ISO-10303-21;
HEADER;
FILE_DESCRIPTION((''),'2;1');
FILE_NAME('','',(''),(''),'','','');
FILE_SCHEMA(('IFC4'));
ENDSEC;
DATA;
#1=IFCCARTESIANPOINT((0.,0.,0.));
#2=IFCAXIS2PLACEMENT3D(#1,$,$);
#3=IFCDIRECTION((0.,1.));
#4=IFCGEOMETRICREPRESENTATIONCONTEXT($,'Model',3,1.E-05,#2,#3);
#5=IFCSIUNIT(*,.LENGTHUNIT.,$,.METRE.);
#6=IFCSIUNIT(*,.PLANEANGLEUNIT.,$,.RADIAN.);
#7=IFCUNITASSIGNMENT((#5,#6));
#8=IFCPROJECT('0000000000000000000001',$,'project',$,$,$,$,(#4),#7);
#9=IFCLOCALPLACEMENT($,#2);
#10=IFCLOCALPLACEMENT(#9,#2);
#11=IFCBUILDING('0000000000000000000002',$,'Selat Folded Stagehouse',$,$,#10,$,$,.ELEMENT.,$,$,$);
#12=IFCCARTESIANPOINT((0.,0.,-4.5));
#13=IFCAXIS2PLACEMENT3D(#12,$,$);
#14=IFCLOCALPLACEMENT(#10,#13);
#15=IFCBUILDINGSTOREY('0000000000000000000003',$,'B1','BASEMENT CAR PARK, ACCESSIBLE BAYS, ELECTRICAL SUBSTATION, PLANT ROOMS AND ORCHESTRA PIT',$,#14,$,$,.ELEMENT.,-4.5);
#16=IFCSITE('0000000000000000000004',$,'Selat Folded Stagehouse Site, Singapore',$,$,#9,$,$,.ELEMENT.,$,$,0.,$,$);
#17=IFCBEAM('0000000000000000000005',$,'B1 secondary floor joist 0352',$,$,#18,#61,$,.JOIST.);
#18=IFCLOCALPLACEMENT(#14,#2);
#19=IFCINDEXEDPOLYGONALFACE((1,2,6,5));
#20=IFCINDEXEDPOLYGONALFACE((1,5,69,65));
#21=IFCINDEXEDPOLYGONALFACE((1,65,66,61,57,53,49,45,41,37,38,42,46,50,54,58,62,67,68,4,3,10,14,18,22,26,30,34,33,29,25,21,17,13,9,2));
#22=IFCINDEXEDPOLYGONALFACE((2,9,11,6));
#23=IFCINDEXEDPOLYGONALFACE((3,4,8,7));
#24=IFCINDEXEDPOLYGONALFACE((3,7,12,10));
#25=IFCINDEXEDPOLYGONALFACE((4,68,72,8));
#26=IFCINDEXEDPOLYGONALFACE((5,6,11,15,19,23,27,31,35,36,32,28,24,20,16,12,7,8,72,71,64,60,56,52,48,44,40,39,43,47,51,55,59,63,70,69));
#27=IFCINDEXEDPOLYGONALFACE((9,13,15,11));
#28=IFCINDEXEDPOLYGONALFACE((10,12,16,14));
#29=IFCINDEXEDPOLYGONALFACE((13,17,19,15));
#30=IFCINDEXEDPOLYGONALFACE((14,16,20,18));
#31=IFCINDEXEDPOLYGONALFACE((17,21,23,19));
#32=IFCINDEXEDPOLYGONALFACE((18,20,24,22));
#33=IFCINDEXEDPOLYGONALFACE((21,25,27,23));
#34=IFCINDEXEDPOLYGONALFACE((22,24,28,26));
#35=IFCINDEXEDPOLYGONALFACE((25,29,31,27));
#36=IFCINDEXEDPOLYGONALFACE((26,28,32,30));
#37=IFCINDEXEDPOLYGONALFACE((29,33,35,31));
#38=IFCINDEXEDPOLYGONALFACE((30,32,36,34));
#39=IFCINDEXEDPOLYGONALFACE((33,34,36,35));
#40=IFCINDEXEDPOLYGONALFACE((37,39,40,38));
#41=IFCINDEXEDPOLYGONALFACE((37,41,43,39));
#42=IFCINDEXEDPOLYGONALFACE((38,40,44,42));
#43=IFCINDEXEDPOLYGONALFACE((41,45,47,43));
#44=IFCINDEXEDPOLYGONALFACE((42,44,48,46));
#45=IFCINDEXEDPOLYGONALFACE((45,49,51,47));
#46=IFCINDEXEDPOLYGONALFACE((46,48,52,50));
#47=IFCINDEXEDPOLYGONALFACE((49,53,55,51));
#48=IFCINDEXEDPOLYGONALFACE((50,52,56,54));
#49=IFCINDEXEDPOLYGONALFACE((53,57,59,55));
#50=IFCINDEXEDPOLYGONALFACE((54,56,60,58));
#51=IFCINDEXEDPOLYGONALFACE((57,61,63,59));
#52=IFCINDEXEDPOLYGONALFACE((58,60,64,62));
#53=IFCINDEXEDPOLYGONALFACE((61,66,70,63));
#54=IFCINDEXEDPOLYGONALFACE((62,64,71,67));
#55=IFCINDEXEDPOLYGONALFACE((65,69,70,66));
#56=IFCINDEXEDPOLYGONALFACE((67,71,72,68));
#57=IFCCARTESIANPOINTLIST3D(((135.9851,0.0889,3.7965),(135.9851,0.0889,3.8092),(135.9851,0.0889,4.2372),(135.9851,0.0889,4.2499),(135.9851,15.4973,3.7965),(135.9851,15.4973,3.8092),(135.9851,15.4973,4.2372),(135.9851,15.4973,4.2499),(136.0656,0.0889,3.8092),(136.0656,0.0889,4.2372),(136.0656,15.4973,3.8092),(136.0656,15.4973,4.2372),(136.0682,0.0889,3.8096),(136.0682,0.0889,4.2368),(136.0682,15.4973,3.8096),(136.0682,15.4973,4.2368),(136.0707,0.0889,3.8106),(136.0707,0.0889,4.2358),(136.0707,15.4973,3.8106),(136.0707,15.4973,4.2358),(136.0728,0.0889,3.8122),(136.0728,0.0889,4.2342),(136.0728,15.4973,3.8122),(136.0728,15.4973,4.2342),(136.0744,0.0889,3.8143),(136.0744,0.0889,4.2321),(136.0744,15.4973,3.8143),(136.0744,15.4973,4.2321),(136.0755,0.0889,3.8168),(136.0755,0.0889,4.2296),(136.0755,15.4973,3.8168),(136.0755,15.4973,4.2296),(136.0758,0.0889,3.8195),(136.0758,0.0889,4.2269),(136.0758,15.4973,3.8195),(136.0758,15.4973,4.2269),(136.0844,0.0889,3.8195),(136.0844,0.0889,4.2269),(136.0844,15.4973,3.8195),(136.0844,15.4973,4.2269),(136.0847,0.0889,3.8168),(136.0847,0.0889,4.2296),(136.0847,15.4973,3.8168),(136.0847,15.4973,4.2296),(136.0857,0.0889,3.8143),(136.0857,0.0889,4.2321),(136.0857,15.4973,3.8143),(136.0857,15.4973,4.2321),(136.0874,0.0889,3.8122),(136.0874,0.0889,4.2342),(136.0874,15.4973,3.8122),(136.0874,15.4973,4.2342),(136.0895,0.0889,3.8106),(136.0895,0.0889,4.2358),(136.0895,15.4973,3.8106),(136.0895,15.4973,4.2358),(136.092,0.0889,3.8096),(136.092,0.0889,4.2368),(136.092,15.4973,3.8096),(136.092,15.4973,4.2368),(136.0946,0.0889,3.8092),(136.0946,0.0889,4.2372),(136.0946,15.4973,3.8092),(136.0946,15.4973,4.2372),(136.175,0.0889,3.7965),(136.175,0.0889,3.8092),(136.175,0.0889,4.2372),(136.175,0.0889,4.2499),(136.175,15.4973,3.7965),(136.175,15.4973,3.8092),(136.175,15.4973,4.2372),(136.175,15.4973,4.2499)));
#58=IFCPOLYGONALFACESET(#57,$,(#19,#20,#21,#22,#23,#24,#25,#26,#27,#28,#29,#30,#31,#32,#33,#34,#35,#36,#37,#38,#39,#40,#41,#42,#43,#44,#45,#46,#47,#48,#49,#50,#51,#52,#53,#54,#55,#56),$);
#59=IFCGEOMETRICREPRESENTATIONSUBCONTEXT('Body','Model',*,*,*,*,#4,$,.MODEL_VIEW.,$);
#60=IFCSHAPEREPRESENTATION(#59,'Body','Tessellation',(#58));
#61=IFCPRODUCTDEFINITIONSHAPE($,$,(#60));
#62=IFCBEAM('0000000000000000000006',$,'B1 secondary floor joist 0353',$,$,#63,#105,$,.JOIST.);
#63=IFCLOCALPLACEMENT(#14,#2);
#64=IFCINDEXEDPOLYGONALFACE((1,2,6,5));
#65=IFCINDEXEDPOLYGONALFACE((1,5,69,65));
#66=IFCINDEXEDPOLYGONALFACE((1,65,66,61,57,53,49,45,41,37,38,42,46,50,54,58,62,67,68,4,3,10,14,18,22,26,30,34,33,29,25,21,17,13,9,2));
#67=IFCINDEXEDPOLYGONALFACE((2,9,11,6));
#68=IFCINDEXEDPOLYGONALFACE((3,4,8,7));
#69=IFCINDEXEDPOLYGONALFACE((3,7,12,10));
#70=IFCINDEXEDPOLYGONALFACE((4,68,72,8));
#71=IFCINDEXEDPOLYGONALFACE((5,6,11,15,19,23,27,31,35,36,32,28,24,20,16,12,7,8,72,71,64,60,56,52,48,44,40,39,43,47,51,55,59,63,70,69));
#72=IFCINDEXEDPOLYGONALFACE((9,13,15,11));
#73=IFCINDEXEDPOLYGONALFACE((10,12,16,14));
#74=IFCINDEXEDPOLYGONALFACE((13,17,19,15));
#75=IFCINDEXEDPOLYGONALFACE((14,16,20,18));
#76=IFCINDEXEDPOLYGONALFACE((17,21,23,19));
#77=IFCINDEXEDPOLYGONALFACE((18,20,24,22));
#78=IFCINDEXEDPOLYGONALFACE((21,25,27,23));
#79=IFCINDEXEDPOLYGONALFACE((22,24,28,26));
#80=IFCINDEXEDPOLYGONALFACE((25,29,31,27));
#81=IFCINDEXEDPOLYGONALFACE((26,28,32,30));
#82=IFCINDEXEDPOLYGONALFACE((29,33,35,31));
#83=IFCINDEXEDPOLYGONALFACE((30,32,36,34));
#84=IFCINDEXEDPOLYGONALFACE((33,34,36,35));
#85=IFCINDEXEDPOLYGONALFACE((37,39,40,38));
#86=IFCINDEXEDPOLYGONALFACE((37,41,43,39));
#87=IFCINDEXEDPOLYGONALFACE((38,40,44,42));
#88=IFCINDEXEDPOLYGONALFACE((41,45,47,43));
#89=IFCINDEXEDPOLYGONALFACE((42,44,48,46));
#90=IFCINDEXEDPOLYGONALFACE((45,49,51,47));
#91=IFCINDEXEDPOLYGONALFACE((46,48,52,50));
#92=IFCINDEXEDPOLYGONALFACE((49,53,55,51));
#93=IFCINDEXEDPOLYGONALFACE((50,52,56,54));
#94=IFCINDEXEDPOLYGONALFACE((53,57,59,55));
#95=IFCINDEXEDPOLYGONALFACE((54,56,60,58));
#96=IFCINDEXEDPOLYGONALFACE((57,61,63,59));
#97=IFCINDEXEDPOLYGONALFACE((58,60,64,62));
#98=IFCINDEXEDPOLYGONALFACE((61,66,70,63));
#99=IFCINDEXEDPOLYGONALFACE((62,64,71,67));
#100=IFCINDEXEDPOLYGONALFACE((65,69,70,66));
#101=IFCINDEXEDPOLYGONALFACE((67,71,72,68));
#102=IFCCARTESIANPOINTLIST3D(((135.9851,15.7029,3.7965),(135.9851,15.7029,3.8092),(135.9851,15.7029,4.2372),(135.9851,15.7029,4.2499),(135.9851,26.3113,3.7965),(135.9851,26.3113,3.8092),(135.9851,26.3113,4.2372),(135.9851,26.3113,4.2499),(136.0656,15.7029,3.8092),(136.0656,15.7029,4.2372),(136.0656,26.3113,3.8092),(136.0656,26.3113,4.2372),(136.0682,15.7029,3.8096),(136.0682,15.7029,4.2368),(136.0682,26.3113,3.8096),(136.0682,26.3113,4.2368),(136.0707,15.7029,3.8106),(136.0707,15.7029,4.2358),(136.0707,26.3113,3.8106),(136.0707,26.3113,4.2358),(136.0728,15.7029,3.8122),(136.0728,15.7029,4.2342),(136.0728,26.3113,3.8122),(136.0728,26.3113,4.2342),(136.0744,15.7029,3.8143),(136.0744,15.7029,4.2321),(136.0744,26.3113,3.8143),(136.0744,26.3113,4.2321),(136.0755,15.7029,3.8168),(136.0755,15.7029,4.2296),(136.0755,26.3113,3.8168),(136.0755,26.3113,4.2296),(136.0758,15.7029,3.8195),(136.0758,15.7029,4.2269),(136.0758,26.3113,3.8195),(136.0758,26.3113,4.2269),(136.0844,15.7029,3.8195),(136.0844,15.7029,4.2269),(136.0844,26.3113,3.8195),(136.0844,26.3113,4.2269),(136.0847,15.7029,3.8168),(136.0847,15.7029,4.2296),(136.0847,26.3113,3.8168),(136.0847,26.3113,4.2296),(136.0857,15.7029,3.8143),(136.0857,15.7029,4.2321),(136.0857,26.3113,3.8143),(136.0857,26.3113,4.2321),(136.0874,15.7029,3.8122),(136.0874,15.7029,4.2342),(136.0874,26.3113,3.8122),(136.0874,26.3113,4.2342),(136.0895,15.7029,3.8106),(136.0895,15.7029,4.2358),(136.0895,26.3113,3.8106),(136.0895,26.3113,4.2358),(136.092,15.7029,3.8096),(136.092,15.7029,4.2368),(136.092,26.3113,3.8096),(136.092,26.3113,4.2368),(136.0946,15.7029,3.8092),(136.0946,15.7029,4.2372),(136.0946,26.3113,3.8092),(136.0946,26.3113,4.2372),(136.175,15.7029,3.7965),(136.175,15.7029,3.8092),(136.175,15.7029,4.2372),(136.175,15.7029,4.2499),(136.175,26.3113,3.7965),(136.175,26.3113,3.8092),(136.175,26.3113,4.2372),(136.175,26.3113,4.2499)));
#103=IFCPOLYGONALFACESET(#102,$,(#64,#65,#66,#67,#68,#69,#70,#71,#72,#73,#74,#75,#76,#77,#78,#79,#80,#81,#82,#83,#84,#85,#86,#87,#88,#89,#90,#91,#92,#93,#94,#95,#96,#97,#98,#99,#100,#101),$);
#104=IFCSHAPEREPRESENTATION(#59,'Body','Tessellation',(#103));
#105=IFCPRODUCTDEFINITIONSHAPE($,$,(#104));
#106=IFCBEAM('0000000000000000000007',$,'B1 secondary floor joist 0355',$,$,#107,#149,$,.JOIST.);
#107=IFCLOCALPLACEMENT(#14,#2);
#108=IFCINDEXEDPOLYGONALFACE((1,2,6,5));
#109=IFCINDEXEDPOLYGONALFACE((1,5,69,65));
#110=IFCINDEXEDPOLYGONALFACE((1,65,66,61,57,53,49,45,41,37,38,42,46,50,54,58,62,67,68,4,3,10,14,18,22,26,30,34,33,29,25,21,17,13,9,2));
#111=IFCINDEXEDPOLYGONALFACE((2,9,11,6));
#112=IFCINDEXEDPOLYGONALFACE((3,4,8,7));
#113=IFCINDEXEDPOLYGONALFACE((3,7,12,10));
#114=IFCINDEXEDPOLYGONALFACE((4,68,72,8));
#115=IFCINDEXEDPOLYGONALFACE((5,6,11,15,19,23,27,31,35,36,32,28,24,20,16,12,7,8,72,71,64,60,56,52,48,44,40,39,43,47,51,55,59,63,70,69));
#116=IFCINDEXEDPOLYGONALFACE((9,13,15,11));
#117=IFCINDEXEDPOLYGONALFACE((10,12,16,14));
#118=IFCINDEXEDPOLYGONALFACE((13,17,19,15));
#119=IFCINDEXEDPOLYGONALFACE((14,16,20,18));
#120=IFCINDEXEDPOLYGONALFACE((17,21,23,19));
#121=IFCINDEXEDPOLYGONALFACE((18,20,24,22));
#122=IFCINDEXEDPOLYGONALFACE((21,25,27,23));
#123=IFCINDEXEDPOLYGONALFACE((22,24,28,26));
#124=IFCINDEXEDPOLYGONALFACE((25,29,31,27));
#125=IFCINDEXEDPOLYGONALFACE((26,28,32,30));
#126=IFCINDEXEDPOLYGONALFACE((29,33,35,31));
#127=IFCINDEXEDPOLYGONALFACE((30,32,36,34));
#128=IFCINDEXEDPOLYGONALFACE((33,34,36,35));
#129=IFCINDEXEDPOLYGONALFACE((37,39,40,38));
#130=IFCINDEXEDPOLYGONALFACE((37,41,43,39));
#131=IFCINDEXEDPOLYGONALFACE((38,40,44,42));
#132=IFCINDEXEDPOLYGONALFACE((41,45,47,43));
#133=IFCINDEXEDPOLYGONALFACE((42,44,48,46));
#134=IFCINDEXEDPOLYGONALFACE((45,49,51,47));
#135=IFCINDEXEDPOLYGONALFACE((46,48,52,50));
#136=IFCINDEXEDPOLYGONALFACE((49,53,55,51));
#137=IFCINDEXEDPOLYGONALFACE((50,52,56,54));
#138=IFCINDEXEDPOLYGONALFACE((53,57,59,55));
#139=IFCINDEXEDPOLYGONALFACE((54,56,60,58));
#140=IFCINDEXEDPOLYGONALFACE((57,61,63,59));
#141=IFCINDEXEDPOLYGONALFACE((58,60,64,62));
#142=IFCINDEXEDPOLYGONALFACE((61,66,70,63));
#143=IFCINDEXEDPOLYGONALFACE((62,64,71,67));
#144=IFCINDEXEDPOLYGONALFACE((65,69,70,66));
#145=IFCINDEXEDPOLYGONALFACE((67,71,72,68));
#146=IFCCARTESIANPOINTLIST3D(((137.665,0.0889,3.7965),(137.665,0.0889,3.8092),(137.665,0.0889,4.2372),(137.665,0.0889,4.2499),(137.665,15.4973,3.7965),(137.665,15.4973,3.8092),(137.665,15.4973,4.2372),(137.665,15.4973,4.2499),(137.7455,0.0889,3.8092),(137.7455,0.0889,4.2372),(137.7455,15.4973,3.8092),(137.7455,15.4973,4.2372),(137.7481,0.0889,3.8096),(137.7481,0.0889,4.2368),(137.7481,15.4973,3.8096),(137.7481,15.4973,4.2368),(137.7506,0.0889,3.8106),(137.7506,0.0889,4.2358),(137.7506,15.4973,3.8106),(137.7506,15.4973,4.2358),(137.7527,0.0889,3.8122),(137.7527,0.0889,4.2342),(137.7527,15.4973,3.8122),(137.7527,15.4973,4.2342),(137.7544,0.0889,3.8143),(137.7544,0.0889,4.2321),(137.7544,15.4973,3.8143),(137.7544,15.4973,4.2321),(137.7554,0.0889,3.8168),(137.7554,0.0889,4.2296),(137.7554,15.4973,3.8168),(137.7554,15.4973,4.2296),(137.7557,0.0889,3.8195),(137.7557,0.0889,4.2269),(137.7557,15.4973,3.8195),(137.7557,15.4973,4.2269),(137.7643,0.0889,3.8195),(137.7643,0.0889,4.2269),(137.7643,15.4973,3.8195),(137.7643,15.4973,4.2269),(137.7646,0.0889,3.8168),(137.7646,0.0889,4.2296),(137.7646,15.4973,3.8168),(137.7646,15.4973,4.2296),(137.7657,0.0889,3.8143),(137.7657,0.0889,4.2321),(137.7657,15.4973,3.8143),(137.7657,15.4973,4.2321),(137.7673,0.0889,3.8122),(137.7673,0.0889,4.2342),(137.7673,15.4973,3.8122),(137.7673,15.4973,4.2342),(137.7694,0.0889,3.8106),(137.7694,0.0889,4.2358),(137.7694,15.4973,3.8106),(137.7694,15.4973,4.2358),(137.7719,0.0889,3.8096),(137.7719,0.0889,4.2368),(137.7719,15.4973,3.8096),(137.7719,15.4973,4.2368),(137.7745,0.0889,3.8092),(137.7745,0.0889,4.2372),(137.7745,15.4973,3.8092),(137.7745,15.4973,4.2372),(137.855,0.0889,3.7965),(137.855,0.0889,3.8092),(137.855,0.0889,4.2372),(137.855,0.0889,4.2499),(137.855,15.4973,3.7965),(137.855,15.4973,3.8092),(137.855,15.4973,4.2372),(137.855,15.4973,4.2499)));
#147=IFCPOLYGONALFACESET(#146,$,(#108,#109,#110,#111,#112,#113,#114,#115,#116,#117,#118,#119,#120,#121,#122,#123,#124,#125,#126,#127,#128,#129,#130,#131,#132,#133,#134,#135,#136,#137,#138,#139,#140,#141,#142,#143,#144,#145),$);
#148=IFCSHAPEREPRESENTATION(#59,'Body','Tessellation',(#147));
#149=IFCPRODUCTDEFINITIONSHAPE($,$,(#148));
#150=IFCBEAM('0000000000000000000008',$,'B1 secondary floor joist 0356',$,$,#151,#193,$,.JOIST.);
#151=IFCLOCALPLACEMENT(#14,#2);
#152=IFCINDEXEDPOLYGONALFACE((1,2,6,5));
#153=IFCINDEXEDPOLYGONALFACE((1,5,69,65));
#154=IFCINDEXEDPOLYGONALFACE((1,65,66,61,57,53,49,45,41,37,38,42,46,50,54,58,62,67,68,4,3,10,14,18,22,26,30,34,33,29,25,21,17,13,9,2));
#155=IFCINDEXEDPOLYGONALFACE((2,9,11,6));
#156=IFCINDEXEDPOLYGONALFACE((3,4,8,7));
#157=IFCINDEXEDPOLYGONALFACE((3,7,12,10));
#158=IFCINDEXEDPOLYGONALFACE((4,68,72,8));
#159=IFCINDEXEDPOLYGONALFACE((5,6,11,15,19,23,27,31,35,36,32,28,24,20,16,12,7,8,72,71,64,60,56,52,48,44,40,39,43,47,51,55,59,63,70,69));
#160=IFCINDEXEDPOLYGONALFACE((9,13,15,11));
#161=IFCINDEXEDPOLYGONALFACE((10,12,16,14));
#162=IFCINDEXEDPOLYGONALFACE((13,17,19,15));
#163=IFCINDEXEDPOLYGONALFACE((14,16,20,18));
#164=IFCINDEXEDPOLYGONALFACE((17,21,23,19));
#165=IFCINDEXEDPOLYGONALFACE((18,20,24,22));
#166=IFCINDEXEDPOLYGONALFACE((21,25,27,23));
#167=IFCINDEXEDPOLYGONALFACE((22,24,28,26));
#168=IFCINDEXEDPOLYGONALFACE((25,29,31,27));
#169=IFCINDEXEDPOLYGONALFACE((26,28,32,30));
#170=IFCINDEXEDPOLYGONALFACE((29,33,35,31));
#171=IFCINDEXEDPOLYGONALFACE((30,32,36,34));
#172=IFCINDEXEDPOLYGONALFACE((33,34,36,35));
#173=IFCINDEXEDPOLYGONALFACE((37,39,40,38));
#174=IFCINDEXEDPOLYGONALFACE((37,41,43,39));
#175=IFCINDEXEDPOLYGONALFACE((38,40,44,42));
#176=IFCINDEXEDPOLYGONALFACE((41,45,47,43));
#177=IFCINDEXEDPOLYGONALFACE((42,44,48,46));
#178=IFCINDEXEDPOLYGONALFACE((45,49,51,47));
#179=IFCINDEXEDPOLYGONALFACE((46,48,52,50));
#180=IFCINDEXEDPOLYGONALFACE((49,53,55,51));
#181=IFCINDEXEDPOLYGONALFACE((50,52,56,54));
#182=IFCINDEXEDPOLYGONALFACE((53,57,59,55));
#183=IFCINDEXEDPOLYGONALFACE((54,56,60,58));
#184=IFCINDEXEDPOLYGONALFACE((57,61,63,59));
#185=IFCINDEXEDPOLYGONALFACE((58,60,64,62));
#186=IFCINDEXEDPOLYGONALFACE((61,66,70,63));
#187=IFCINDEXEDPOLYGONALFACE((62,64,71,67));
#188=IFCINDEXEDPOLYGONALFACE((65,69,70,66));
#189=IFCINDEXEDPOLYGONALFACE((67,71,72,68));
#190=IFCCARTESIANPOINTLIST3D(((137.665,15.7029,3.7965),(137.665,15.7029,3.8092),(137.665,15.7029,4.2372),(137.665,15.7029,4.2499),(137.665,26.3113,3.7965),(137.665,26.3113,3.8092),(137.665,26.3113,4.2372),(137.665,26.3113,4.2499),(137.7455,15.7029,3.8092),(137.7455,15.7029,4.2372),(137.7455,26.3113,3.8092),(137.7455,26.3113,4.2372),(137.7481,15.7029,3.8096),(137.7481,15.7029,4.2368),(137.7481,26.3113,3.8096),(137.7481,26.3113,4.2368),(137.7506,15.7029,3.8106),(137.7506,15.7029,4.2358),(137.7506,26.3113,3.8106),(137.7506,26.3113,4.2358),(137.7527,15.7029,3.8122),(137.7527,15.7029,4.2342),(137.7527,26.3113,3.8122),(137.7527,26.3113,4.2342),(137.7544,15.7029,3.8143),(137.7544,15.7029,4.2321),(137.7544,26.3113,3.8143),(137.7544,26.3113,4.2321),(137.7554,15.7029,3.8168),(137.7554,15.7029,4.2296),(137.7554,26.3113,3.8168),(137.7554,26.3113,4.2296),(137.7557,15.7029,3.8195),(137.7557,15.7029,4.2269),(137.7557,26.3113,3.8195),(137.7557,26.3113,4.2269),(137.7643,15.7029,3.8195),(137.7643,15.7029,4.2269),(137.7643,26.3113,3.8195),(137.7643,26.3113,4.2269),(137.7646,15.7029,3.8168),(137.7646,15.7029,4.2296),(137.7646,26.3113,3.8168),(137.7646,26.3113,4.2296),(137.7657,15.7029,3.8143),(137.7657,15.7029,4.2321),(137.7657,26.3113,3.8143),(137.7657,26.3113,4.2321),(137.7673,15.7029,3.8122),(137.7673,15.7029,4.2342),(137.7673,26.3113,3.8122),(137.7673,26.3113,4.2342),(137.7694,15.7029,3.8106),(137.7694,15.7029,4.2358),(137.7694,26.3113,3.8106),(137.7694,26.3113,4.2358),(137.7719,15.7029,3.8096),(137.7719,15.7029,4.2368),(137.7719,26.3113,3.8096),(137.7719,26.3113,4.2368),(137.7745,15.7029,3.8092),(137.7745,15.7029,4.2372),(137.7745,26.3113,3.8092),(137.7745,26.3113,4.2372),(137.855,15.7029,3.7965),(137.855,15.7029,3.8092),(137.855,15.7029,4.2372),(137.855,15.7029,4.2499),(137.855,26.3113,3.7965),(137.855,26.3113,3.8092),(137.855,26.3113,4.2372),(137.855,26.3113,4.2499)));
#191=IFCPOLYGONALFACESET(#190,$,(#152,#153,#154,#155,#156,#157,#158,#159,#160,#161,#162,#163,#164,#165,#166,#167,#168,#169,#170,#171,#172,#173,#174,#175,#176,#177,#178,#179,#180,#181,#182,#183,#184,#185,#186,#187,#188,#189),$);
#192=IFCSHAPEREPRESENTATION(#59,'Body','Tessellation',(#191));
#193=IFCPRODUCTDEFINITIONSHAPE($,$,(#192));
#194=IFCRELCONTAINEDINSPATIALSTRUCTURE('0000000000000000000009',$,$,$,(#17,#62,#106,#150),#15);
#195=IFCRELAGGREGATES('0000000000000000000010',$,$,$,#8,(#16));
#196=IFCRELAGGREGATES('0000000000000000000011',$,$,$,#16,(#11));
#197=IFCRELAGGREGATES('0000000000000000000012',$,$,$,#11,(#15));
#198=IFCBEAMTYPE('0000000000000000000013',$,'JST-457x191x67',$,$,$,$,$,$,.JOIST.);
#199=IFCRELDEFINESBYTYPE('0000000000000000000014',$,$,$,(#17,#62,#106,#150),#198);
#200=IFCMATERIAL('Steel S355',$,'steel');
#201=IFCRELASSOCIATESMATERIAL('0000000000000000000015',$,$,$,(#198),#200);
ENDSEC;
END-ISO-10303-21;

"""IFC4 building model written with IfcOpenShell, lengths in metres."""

from ifc_helpers import new_model, si_unit, direction, frame, origin, origin_2d, place, context, subcontext, project, spatial, i_section, extrude, material, material_profile, profile_set, type_object, element, save


model = new_model("IFC4")

# Units and contexts
model_context = context("Model", 3, precision=1e-05, world=origin(), true_north=direction((0.0, 1.0)))
body_context = subcontext(model_context, "Body", "Model", "MODEL_VIEW")
ifc_project = project(units=[si_unit("LENGTHUNIT", "METRE"), si_unit("PLANEANGLEUNIT", "RADIAN")], contexts=[model_context])

# Site, building, storey
site_placement = place(None, origin())
site = spatial("IfcSite", under=ifc_project, at=site_placement, Name="Selat Folded Stagehouse Site, Singapore", CompositionType="ELEMENT", RefElevation=0.0)
building_placement = place(site_placement, origin())
building = spatial("IfcBuilding", under=site, at=building_placement, Name="Selat Folded Stagehouse", CompositionType="ELEMENT")
storey_placement = place(building_placement, frame((0.0, 0.0, -4.5)))
storey = spatial("IfcBuildingStorey", under=building, at=storey_placement, Name="B1", Description="BASEMENT CAR PARK, ACCESSIBLE BAYS, ELECTRICAL SUBSTATION, PLANT ROOMS AND ORCHESTRA PIT", CompositionType="ELEMENT", Elevation=-4.5)

# Shared definitions
ifc_material_1 = material(Name="Steel S355", Category="steel")

# Beams
ifc_material_profile_1 = material_profile(ifc_material_1, i_section(OverallWidth=0.1899, OverallDepth=0.4534, WebThickness=0.0085, FlangeThickness=0.0127, FilletRadius=0.0103, at=origin_2d()), Name="UKB 457x191x67")
ifc_profile_set_1 = profile_set([ifc_material_profile_1], Name="Steel S355")
beam_type_1 = type_object("IfcBeamType", Name="JST-457x191x67", PredefinedType="JOIST", material=ifc_profile_set_1)
beam_1_placement = place(storey_placement, frame((136.0801, 0.0889, 4.0232), z_axis=(0.0, 1.0, 0.0), x_axis=(-1.0, 0.0, 0.0)))
element("IfcBeam", 1, at=beam_1_placement, inside=storey, type_object=beam_type_1, Name="B1 secondary floor joist 0352", PredefinedType="JOIST", context=body_context, shape_type="SweptSolid", body=[
    extrude(i_section(OverallWidth=0.1899, OverallDepth=0.4534, WebThickness=0.0085, FlangeThickness=0.0127, FilletRadius=0.0103, at=origin_2d()), origin(), (0.0, 0.0, 1.0), 15.4084),
])
beam_2_placement = place(storey_placement, frame((136.0801, 15.7029, 4.0232), z_axis=(0.0, 1.0, 0.0), x_axis=(-1.0, 0.0, 0.0)))
element("IfcBeam", 2, at=beam_2_placement, inside=storey, type_object=beam_type_1, Name="B1 secondary floor joist 0353", PredefinedType="JOIST", context=body_context, shape_type="SweptSolid", body=[
    extrude(i_section(OverallWidth=0.1899, OverallDepth=0.4534, WebThickness=0.0085, FlangeThickness=0.0127, FilletRadius=0.0103, at=origin_2d()), origin(), (0.0, 0.0, 1.0), 10.6084),
])
beam_3_placement = place(storey_placement, frame((137.76, 0.0889, 4.0232), z_axis=(0.0, 1.0, 0.0), x_axis=(-1.0, 0.0, 0.0)))
element("IfcBeam", 3, at=beam_3_placement, inside=storey, type_object=beam_type_1, Name="B1 secondary floor joist 0355", PredefinedType="JOIST", context=body_context, shape_type="SweptSolid", body=[
    extrude(i_section(OverallWidth=0.1899, OverallDepth=0.4534, WebThickness=0.0085, FlangeThickness=0.0127, FilletRadius=0.0103, at=origin_2d()), origin(), (0.0, 0.0, 1.0), 15.4084),
])
beam_4_placement = place(storey_placement, frame((137.76, 15.7029, 4.0232), z_axis=(0.0, 1.0, 0.0), x_axis=(-1.0, 0.0, 0.0)))
element("IfcBeam", 4, at=beam_4_placement, inside=storey, type_object=beam_type_1, Name="B1 secondary floor joist 0356", PredefinedType="JOIST", context=body_context, shape_type="SweptSolid", body=[
    extrude(i_section(OverallWidth=0.1899, OverallDepth=0.4534, WebThickness=0.0085, FlangeThickness=0.0127, FilletRadius=0.0103, at=origin_2d()), origin(), (0.0, 0.0, 1.0), 10.6084),
])

save(model, "model.ifc")
